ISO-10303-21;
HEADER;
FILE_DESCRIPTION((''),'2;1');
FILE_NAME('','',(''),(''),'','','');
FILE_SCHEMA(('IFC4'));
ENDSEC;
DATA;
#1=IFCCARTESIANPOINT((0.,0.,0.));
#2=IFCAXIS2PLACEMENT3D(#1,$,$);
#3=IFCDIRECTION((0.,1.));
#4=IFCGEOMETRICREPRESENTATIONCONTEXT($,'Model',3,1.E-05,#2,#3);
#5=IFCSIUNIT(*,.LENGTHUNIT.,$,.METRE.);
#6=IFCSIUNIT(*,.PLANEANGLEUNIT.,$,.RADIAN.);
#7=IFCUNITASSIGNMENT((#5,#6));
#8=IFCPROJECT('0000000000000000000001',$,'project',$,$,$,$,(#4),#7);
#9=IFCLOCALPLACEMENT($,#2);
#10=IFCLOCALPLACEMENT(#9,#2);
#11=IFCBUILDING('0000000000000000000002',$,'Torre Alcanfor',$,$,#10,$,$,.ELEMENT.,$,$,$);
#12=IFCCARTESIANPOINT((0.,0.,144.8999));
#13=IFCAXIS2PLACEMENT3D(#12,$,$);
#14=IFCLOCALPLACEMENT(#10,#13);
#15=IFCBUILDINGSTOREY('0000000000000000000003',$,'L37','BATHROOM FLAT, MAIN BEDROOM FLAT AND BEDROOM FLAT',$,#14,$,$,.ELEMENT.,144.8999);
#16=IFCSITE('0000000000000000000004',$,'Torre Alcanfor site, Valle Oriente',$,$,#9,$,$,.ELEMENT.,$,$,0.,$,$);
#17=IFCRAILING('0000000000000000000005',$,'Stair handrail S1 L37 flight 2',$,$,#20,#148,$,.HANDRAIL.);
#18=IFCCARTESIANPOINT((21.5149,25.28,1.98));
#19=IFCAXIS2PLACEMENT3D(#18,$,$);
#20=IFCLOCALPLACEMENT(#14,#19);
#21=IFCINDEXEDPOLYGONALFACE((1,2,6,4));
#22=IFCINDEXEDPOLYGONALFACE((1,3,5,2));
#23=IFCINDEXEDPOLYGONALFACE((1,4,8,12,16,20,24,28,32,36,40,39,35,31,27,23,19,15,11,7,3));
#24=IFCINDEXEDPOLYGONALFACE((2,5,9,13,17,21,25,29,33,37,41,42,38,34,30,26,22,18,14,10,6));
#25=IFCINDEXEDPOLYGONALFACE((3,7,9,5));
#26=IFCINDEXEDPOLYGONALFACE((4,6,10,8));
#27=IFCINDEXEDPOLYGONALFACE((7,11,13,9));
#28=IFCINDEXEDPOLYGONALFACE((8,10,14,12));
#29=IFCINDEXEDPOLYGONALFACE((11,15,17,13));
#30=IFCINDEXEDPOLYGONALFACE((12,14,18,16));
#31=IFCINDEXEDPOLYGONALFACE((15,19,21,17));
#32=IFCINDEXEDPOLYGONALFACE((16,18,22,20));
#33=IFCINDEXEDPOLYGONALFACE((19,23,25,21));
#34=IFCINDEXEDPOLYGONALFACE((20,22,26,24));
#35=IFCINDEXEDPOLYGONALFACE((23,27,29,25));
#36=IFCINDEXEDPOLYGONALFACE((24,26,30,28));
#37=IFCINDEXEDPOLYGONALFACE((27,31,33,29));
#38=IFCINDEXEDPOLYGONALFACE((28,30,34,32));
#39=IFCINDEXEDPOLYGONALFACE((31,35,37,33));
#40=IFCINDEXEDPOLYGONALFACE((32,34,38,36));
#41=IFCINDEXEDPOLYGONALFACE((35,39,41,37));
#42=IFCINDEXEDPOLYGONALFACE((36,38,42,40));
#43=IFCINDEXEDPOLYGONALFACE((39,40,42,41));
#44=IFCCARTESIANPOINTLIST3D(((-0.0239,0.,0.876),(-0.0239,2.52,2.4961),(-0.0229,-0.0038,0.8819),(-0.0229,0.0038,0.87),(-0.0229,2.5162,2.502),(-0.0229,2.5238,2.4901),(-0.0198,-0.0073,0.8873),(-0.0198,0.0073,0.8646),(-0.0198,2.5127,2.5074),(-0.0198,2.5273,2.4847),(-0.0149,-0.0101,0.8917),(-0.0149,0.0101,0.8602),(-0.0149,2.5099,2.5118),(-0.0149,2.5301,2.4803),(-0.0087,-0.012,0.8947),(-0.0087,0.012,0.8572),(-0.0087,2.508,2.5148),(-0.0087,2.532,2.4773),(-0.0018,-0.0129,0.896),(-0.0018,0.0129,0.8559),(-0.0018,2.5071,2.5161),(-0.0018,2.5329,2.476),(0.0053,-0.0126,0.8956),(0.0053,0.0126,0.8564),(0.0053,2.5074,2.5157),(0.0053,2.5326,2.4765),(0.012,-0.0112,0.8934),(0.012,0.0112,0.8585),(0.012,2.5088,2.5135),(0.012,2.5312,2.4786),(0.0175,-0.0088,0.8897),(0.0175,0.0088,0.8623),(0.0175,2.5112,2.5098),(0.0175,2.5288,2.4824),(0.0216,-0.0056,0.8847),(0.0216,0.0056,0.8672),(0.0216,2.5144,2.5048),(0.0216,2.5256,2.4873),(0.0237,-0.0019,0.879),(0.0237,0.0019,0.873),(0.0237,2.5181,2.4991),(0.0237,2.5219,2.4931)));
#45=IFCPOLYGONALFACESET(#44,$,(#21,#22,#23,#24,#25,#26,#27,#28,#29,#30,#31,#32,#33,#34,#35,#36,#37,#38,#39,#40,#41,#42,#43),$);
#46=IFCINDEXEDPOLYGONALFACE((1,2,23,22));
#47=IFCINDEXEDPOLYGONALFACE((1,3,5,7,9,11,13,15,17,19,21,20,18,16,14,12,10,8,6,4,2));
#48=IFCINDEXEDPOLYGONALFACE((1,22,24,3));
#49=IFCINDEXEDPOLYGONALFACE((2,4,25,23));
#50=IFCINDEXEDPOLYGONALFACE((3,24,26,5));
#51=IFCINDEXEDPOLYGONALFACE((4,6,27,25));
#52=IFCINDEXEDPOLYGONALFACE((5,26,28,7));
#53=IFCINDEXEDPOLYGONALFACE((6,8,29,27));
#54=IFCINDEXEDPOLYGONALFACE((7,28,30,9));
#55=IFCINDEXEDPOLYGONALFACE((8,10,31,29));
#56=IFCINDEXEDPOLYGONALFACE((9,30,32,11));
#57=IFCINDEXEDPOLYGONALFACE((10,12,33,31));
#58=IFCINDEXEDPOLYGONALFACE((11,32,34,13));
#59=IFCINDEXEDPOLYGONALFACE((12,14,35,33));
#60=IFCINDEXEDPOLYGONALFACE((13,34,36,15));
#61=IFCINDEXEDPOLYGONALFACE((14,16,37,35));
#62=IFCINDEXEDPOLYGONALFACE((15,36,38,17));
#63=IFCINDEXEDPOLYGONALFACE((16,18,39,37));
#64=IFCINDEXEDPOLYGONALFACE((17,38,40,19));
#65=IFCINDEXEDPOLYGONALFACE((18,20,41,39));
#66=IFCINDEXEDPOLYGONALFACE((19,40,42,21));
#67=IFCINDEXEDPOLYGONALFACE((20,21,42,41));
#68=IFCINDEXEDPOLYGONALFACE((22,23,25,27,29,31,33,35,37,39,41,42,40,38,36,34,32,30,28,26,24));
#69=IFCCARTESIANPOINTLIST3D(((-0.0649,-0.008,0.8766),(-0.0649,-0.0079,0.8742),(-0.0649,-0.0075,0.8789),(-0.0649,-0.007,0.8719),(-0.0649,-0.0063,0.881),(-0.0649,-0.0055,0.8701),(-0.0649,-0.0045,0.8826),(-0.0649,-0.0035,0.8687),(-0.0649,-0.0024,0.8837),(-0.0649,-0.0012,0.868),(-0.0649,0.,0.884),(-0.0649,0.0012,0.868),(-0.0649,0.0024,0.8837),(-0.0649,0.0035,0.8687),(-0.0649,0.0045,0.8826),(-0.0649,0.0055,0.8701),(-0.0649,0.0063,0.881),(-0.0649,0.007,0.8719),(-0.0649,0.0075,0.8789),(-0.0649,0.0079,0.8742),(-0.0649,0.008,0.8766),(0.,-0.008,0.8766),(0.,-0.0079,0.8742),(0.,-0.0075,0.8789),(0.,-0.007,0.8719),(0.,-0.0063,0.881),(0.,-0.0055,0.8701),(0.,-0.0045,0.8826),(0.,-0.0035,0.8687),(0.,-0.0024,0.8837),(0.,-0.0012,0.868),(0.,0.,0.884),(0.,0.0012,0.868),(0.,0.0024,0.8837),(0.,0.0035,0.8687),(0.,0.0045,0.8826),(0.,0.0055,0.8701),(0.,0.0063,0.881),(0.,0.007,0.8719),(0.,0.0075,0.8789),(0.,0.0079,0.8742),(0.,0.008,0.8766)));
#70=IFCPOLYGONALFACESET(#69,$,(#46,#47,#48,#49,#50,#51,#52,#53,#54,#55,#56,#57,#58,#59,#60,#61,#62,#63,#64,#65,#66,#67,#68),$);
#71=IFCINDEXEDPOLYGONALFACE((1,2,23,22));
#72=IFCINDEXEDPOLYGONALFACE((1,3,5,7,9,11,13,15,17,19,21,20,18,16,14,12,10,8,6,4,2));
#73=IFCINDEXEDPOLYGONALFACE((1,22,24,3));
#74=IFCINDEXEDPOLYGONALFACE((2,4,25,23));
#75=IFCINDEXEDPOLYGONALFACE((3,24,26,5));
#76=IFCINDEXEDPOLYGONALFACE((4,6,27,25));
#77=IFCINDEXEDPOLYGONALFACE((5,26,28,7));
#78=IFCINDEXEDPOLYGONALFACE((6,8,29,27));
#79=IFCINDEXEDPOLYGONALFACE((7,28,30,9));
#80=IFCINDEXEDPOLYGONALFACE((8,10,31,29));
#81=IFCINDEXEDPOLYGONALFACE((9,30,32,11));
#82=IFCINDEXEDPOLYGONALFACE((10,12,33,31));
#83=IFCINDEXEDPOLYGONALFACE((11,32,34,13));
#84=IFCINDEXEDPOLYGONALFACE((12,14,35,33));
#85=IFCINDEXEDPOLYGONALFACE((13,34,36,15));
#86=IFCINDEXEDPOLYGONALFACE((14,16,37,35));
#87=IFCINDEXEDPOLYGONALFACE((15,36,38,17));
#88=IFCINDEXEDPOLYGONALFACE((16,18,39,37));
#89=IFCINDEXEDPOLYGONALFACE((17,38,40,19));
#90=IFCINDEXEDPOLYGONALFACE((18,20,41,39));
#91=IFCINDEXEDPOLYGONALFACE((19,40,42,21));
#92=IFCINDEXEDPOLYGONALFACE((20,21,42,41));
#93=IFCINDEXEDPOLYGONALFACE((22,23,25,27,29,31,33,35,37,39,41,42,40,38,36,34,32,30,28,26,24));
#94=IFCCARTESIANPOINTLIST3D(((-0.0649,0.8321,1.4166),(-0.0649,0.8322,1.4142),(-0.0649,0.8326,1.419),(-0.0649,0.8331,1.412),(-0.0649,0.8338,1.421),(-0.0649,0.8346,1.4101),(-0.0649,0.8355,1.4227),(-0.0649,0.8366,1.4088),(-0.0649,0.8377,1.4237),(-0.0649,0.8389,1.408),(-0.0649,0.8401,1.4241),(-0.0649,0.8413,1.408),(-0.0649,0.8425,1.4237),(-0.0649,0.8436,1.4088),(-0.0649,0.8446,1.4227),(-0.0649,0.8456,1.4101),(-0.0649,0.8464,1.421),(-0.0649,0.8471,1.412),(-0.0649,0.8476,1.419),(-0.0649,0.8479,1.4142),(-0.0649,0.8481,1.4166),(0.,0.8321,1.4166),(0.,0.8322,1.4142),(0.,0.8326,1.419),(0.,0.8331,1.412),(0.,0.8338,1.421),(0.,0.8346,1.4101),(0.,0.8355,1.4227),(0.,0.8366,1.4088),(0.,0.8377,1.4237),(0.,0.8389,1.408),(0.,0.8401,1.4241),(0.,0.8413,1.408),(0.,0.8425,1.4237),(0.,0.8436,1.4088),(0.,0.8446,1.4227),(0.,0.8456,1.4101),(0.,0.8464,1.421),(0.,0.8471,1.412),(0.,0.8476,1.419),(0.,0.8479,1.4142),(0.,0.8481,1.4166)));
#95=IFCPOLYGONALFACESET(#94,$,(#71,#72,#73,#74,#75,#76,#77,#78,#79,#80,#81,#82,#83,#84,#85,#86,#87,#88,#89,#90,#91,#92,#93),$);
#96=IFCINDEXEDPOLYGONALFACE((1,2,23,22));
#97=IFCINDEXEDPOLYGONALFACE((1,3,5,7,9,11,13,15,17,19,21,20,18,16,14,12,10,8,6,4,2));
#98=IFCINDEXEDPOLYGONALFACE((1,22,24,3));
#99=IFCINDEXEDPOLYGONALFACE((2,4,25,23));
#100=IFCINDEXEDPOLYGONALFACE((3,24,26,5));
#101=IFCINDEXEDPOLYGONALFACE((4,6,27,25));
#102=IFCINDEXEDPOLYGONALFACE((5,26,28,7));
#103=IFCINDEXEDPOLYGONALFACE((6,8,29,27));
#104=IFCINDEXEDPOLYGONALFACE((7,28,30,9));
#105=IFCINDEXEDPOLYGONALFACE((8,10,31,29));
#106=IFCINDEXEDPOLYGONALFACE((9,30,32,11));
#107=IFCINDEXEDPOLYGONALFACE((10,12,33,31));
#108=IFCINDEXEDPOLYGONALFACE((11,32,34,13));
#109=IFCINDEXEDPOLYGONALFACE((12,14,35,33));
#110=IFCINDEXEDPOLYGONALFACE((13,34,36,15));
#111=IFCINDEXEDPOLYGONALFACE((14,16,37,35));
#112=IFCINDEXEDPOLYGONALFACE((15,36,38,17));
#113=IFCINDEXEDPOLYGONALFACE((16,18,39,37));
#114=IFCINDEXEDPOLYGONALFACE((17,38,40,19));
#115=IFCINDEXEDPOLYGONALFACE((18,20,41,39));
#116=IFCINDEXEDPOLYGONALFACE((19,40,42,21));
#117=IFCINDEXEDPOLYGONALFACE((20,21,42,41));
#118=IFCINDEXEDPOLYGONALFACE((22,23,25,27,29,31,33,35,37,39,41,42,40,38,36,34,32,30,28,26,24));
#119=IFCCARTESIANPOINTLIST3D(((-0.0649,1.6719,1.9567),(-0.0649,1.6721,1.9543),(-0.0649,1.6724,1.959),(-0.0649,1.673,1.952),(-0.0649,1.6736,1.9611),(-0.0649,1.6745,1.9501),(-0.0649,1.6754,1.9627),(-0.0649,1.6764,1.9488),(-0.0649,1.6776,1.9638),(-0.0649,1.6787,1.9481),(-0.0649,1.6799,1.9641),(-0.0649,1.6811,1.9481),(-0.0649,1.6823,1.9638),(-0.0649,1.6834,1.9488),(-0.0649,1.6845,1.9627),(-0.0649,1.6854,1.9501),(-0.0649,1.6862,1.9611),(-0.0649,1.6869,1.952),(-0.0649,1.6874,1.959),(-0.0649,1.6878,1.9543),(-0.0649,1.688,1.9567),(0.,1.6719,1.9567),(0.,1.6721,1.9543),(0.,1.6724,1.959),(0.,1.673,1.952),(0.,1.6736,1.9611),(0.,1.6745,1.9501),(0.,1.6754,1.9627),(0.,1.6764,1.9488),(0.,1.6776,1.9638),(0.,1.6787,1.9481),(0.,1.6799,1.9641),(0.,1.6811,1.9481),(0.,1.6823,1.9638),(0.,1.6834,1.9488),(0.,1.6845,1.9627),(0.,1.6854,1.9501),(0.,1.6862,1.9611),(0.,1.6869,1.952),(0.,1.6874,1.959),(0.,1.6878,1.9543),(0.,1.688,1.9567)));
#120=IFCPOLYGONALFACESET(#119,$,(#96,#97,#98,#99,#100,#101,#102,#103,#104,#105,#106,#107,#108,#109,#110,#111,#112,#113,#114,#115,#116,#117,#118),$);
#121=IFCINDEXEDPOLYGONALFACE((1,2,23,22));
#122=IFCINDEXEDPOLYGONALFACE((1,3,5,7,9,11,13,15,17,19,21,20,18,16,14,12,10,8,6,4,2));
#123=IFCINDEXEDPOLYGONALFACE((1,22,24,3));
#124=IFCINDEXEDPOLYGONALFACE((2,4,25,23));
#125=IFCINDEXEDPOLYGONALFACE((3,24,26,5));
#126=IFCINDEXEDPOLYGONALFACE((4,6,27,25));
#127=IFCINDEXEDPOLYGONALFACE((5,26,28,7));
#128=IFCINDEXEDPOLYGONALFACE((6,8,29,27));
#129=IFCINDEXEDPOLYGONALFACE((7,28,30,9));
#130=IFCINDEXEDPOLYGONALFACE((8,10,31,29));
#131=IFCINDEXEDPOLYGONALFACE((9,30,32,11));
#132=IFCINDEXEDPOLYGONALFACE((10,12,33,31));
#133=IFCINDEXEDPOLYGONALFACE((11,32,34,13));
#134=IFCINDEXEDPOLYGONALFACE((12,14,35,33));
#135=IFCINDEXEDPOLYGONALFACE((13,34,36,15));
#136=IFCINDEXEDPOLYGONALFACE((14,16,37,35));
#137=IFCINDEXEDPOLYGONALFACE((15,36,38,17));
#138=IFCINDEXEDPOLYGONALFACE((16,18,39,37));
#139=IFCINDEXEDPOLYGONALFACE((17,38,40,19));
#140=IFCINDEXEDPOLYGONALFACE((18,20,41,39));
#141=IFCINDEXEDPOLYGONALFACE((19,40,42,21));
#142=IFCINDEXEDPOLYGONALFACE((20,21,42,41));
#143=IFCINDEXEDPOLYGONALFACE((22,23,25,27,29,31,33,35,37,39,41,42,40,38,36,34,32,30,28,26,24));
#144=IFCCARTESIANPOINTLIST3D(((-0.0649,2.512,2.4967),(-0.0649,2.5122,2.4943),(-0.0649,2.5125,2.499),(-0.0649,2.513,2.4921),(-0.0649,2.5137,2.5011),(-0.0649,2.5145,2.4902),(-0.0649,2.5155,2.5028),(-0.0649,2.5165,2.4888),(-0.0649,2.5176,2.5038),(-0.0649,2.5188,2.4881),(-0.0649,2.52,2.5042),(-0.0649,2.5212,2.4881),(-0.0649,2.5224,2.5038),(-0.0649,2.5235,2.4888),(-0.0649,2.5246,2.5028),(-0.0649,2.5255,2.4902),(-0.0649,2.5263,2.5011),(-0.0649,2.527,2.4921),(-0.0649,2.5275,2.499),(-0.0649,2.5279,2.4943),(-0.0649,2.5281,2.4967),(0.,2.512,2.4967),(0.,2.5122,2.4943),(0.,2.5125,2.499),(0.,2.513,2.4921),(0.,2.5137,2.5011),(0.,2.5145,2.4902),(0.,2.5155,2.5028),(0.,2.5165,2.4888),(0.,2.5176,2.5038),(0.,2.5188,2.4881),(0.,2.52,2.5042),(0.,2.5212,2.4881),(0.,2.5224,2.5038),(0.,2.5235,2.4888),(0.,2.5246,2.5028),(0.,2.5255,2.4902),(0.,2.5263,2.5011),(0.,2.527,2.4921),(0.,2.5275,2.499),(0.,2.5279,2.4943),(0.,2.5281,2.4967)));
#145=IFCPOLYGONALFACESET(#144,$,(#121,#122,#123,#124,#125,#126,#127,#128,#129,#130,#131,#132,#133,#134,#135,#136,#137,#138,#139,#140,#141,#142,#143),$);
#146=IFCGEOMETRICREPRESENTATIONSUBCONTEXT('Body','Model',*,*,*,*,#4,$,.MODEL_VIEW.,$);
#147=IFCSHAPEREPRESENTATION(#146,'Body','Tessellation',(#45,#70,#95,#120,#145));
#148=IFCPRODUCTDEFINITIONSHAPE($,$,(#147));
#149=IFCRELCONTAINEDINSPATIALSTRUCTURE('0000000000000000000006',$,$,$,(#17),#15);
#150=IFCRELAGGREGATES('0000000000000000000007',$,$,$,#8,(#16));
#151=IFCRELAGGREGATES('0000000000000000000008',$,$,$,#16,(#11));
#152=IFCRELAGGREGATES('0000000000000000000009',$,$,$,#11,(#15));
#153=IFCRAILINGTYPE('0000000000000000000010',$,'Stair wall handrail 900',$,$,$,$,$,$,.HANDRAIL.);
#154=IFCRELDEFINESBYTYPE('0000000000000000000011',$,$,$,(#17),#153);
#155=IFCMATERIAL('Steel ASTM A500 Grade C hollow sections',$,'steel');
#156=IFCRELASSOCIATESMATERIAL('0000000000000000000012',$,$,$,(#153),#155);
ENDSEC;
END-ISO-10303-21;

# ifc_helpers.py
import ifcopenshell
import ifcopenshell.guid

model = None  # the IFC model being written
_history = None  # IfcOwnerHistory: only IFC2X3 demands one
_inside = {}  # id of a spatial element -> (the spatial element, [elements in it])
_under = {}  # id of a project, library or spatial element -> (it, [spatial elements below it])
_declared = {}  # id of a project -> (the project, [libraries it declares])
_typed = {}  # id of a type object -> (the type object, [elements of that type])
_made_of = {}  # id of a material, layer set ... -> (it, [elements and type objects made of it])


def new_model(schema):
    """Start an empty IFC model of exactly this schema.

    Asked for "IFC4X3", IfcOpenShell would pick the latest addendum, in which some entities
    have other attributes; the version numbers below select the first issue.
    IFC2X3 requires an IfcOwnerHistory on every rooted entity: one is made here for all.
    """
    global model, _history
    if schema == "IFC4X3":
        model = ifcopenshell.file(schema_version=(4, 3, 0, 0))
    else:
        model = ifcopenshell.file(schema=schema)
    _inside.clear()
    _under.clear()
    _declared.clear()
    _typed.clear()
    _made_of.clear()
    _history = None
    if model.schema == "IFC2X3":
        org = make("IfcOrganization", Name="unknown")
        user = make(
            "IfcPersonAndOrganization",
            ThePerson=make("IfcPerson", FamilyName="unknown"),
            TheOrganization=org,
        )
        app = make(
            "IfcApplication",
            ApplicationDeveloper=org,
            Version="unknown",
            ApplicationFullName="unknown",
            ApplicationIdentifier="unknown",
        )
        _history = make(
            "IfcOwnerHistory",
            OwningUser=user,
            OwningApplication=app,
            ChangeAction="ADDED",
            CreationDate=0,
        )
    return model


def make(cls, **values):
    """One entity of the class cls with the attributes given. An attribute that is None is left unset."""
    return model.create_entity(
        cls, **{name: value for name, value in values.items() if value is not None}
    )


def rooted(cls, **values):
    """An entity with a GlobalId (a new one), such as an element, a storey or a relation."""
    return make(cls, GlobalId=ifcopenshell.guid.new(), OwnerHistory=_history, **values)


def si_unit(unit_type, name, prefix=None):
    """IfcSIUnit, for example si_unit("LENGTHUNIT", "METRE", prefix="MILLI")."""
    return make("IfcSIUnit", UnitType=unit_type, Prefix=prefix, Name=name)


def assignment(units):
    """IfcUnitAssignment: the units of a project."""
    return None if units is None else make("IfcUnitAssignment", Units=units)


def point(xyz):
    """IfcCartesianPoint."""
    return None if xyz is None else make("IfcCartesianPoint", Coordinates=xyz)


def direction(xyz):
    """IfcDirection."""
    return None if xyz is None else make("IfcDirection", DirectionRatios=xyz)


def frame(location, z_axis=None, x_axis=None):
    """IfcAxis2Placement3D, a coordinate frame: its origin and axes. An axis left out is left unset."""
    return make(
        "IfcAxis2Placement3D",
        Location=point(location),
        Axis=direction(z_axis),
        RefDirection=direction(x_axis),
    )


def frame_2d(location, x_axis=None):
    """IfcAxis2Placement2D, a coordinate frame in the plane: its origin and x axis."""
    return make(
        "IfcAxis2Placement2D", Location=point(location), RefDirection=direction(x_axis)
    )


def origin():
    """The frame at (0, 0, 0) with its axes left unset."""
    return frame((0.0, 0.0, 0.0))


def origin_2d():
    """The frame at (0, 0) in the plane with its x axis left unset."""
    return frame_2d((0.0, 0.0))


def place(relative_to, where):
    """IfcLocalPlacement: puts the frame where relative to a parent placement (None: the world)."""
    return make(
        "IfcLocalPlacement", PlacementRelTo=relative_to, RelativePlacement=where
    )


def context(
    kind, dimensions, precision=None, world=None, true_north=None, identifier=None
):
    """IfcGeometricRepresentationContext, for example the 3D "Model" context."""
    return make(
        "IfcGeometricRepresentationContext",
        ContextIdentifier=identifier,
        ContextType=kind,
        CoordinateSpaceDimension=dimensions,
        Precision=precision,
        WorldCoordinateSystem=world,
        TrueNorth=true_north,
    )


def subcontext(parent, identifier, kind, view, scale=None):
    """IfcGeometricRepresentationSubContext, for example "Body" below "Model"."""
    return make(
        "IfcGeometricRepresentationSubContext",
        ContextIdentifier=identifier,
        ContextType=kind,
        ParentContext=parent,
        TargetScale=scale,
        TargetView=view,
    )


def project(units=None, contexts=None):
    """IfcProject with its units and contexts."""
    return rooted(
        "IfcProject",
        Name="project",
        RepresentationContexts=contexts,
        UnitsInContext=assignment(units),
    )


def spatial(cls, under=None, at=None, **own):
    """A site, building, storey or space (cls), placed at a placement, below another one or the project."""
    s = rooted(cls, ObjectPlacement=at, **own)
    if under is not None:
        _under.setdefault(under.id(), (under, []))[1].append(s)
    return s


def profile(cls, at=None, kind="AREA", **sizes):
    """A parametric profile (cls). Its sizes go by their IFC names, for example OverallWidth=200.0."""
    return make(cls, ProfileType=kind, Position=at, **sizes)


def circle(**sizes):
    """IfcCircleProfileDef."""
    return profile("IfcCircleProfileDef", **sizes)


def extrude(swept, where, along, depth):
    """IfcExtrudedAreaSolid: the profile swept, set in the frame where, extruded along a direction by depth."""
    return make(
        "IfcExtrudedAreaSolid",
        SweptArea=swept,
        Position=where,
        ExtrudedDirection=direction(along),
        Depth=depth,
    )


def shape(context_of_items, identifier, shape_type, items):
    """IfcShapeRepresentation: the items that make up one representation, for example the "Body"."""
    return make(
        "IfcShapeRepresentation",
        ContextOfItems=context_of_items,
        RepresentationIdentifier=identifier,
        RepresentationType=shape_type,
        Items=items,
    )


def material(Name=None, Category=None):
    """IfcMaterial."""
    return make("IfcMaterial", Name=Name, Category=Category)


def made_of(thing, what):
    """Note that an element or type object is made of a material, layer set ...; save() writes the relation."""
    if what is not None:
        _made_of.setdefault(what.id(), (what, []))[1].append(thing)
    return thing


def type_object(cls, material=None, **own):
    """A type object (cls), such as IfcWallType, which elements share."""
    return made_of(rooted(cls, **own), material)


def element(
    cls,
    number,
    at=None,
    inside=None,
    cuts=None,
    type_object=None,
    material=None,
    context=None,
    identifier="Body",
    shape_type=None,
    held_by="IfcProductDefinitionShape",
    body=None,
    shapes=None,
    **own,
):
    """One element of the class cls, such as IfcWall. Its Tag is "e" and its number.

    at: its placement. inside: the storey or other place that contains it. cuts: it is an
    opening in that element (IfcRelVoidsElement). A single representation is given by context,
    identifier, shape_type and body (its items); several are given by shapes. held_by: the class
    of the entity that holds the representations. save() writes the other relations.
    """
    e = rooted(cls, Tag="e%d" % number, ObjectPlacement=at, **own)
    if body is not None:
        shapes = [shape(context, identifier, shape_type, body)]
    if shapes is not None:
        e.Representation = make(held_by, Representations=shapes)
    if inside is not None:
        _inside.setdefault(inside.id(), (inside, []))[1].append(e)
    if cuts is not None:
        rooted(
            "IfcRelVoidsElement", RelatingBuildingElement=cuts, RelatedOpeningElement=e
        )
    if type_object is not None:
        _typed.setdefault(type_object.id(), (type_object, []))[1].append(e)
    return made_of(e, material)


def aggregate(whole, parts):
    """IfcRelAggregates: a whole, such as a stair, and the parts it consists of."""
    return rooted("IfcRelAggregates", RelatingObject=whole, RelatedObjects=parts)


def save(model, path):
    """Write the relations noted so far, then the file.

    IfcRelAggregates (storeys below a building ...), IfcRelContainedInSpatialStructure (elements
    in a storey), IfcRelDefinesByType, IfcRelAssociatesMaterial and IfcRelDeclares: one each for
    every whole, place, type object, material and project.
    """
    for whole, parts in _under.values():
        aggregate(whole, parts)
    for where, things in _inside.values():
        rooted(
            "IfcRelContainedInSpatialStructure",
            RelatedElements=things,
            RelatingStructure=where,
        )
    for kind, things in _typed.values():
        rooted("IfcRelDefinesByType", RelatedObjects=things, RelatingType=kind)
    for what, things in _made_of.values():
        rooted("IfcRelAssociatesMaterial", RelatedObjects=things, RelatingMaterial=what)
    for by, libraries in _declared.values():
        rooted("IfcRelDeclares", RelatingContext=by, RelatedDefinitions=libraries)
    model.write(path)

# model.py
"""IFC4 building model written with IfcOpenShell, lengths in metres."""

from ifc_helpers import new_model, si_unit, direction, frame, origin, origin_2d, place, context, subcontext, project, spatial, circle, extrude, material, type_object, element, save


model = new_model("IFC4")

# Units and contexts
model_context = context("Model", 3, precision=1e-05, world=origin(), true_north=direction((0.0, 1.0)))
body_context = subcontext(model_context, "Body", "Model", "MODEL_VIEW")
ifc_project = project(units=[si_unit("LENGTHUNIT", "METRE"), si_unit("PLANEANGLEUNIT", "RADIAN")], contexts=[model_context])

# Site, building, storey
site_placement = place(None, origin())
site = spatial("IfcSite", under=ifc_project, at=site_placement, Name="Torre Alcanfor site, Valle Oriente", CompositionType="ELEMENT", RefElevation=0.0)
building_placement = place(site_placement, origin())
building = spatial("IfcBuilding", under=site, at=building_placement, Name="Torre Alcanfor", CompositionType="ELEMENT")
storey_placement = place(building_placement, frame((0.0, 0.0, 144.8999)))
storey = spatial("IfcBuildingStorey", under=building, at=storey_placement, Name="L37", Description="BATHROOM FLAT, MAIN BEDROOM FLAT AND BEDROOM FLAT", CompositionType="ELEMENT", Elevation=144.8999)

# Railing
ifc_material_1 = material(Name="Steel ASTM A500 Grade C hollow sections", Category="steel")
railing_type = type_object("IfcRailingType", Name="Stair wall handrail 900", PredefinedType="HANDRAIL", material=ifc_material_1)
railing_placement = place(storey_placement, frame((21.5149, 25.28, 1.98)))
element("IfcRailing", 1, at=railing_placement, inside=storey, type_object=railing_type, Name="Stair handrail S1 L37 flight 2", PredefinedType="HANDRAIL", context=body_context, shape_type="SweptSolid", body=[
    extrude(circle(Radius=0.0239, at=origin_2d()), frame((0.0, 0.0, 0.876), z_axis=(0.0, 0.841163, 0.540782), x_axis=(-1.0, 0.0, 0.0)), (0.0, 0.0, 1.0), 2.9958),
    extrude(circle(Radius=0.0081, at=origin_2d()), frame((0.0, 0.0, 0.876), z_axis=(-1.0, 0.0, 0.0), x_axis=(0.0, 0.0, 1.0)), (0.0, 0.0, 1.0), 0.0649),
    extrude(circle(Radius=0.0081, at=origin_2d()), frame((0.0, 0.8401, 1.416), z_axis=(-1.0, 0.0, 0.0), x_axis=(0.0, 0.0, 1.0)), (0.0, 0.0, 1.0), 0.0649),
    extrude(circle(Radius=0.0081, at=origin_2d()), frame((0.0, 1.6799, 1.9561), z_axis=(-1.0, 0.0, 0.0), x_axis=(0.0, 0.0, 1.0)), (0.0, 0.0, 1.0), 0.0649),
    extrude(circle(Radius=0.0081, at=origin_2d()), frame((0.0, 2.52, 2.4961), z_axis=(-1.0, 0.0, 0.0), x_axis=(0.0, 0.0, 1.0)), (0.0, 0.0, 1.0), 0.0649),
])

save(model, "model.ifc")
